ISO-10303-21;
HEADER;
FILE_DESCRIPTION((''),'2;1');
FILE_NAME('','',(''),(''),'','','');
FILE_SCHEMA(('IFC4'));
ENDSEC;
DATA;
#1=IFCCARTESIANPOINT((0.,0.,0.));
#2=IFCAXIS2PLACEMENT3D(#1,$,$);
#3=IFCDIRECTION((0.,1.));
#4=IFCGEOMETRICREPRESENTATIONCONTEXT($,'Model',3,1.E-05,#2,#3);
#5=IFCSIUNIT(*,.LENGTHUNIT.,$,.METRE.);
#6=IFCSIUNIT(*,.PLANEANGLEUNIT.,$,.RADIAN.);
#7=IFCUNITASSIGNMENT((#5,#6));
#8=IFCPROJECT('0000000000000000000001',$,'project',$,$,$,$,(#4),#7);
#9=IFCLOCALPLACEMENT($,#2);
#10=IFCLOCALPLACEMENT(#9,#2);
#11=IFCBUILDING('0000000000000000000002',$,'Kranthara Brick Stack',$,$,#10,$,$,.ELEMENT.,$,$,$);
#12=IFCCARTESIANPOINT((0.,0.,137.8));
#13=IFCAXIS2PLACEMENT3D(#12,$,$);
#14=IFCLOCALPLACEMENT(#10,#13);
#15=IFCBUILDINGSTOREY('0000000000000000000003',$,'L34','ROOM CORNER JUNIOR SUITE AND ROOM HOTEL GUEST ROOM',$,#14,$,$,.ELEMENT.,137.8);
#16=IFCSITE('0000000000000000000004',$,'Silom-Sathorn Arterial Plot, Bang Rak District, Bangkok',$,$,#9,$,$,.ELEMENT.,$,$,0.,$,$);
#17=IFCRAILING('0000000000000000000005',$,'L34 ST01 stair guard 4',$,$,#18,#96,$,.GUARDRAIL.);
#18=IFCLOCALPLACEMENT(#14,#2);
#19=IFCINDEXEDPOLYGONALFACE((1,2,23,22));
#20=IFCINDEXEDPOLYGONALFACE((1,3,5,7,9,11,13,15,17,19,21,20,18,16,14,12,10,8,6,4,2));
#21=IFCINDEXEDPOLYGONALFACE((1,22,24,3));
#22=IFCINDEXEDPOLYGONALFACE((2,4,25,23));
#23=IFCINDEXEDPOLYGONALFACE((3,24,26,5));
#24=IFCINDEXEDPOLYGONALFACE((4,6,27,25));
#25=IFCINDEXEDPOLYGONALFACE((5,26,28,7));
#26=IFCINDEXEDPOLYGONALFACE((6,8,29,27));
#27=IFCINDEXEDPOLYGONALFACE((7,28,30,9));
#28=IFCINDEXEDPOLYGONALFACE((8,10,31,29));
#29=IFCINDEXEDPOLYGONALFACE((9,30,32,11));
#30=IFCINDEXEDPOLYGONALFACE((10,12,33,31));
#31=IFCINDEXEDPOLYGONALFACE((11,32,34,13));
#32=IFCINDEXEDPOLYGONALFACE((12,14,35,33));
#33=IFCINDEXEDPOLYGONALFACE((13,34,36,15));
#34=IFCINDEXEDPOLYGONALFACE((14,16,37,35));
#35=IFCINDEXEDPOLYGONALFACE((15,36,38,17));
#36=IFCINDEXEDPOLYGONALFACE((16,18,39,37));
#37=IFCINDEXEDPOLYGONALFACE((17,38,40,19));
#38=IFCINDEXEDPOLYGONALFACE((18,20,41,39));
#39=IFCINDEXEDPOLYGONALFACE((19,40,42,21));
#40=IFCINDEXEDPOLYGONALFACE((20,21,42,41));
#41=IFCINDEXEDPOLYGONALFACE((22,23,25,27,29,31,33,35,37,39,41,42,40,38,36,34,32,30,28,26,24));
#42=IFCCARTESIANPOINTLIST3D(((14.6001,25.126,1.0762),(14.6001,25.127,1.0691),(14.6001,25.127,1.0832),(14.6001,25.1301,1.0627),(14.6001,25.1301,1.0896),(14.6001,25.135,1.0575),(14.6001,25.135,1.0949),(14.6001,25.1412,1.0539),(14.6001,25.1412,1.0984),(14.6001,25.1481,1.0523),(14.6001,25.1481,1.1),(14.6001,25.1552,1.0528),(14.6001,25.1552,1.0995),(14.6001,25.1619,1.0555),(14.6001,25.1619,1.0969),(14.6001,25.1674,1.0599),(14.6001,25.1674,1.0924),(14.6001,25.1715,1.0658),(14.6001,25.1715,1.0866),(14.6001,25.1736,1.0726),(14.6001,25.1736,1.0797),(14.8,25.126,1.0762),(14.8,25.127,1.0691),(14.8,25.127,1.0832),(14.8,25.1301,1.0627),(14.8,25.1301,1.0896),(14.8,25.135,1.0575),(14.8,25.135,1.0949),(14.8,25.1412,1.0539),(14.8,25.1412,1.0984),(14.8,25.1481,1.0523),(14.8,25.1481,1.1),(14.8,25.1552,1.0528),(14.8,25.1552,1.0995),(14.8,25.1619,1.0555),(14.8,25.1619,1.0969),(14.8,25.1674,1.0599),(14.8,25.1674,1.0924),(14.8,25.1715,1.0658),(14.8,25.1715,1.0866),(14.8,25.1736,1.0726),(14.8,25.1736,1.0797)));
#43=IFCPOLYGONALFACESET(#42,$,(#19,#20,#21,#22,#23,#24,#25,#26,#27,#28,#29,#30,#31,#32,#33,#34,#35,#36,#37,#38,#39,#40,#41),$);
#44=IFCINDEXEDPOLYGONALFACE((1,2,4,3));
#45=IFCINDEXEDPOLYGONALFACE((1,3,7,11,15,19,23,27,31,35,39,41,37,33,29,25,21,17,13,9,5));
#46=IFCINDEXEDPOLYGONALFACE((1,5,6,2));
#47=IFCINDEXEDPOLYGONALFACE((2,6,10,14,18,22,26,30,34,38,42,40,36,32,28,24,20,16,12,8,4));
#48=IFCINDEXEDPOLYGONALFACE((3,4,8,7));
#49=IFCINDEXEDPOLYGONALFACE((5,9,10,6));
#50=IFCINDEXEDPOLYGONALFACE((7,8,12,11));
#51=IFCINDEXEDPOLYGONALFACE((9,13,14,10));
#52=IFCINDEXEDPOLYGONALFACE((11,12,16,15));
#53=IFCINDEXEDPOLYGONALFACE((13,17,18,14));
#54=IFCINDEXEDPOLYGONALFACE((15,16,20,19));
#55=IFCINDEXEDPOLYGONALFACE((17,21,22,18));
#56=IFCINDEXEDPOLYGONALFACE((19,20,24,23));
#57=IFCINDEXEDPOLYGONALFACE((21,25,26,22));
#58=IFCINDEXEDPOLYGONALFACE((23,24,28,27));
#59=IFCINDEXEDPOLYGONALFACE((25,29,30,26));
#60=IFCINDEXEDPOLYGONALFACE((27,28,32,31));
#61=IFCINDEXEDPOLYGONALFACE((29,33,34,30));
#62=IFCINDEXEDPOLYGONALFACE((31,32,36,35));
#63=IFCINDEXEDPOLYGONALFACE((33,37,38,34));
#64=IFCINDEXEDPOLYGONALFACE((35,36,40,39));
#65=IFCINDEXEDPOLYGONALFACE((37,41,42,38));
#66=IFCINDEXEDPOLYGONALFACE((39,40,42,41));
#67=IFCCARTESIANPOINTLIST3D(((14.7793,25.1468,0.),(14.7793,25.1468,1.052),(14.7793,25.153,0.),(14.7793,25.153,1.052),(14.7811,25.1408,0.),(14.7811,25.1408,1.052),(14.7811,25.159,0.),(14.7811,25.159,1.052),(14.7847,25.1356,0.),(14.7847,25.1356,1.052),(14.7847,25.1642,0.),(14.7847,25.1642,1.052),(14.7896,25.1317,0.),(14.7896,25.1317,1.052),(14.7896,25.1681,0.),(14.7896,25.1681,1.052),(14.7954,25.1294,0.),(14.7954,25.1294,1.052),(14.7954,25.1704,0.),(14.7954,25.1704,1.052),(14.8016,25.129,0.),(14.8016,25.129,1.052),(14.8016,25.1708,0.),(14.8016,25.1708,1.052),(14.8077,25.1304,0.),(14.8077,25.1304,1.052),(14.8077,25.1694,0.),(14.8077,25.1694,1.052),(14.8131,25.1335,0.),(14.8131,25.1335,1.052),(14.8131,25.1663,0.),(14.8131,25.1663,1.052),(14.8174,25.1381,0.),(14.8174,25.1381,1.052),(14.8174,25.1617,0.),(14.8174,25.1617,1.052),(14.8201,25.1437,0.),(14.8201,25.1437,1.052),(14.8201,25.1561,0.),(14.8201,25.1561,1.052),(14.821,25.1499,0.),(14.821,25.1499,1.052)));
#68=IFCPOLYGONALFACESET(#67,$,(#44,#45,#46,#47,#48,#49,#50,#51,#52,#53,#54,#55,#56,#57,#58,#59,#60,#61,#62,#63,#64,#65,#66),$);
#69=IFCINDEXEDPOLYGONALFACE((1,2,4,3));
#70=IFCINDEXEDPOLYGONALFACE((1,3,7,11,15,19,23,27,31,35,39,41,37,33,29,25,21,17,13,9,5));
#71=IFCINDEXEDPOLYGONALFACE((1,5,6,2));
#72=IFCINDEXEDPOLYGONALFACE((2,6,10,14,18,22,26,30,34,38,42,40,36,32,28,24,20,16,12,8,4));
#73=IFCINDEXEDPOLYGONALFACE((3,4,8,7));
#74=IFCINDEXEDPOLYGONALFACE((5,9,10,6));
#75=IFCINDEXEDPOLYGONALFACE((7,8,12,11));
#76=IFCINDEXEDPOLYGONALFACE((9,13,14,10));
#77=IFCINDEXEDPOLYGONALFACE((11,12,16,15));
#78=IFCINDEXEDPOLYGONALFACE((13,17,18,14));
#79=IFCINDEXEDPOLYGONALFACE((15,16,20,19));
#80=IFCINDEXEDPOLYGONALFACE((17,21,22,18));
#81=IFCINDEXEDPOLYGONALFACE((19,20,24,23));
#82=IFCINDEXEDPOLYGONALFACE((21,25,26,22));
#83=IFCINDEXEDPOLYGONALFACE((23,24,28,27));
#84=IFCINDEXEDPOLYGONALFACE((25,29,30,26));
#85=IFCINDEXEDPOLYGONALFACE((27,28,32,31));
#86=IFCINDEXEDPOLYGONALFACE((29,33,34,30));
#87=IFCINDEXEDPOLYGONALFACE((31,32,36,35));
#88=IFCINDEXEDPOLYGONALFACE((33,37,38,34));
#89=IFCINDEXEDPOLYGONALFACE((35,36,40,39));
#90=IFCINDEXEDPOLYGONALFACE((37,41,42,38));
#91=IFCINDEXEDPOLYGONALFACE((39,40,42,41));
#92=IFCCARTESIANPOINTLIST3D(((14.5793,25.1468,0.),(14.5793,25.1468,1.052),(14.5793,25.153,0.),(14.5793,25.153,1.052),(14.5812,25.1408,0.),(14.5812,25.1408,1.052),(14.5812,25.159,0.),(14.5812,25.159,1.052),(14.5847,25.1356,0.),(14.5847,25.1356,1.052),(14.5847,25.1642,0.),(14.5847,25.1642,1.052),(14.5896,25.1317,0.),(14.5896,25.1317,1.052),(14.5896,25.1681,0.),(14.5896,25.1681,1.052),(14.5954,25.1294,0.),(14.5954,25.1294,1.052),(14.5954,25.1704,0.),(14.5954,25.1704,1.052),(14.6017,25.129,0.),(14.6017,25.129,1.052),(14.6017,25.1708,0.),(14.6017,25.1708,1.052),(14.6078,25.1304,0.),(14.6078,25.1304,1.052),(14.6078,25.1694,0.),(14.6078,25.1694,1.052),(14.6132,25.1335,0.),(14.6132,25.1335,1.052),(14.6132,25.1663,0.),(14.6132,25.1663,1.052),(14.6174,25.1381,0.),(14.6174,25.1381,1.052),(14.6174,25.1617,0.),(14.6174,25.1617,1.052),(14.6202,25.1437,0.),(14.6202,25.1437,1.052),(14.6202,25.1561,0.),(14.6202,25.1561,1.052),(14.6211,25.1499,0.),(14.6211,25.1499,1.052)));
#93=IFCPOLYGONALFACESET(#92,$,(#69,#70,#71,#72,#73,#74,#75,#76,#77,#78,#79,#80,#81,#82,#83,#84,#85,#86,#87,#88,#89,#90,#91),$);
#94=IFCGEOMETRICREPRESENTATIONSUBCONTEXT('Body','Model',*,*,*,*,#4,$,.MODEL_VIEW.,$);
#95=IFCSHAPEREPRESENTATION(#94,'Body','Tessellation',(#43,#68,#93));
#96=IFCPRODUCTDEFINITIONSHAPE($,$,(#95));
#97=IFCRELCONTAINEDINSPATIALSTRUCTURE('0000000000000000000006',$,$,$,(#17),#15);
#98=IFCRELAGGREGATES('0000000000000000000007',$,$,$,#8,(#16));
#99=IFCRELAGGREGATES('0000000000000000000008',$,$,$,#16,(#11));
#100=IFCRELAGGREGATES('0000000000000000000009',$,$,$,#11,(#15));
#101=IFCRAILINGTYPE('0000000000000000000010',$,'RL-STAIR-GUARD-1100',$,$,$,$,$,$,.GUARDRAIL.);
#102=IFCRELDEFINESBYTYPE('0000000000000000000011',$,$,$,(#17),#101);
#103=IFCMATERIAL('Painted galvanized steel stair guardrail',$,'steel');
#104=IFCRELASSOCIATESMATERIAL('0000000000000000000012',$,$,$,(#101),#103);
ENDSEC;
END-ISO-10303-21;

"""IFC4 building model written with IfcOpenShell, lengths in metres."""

from ifc_helpers import new_model, si_unit, direction, frame, origin, origin_2d, place, context, subcontext, project, spatial, circle, extrude, material, type_object, element, save


model = new_model("IFC4")

# Units and contexts
model_context = context("Model", 3, precision=1e-05, world=origin(), true_north=direction((0.0, 1.0)))
body_context = subcontext(model_context, "Body", "Model", "MODEL_VIEW")
ifc_project = project(units=[si_unit("LENGTHUNIT", "METRE"), si_unit("PLANEANGLEUNIT", "RADIAN")], contexts=[model_context])

# Site, building, storey
site_placement = place(None, origin())
site = spatial("IfcSite", under=ifc_project, at=site_placement, Name="Silom-Sathorn Arterial Plot, Bang Rak District, Bangkok", CompositionType="ELEMENT", RefElevation=0.0)
building_placement = place(site_placement, origin())
building = spatial("IfcBuilding", under=site, at=building_placement, Name="Kranthara Brick Stack", CompositionType="ELEMENT")
storey_placement = place(building_placement, frame((0.0, 0.0, 137.8)))
storey = spatial("IfcBuildingStorey", under=building, at=storey_placement, Name="L34", Description="ROOM CORNER JUNIOR SUITE AND ROOM HOTEL GUEST ROOM", CompositionType="ELEMENT", Elevation=137.8)

# Railing
ifc_material_1 = material(Name="Painted galvanized steel stair guardrail", Category="steel")
railing_type_1 = type_object("IfcRailingType", Name="RL-STAIR-GUARD-1100", PredefinedType="GUARDRAIL", material=ifc_material_1)
railing_1_placement = place(storey_placement, frame((14.8, 25.1499, 0.0)))
element("IfcRailing", 1, at=railing_1_placement, inside=storey, type_object=railing_type_1, Name="L34 ST01 stair guard 4", PredefinedType="GUARDRAIL", context=body_context, shape_type="SweptSolid", body=[
    extrude(circle(Radius=0.0239, at=origin_2d()), frame((0.0, 0.0, 1.0762), z_axis=(-1.0, 0.0, 0.0), x_axis=(0.0, -1.0, 0.0)), (0.0, 0.0, 1.0), 0.2),
    extrude(circle(Radius=0.021, at=origin_2d()), origin(), (0.0, 0.0, 1.0), 1.052),
    extrude(circle(Radius=0.021, at=origin_2d()), frame((-0.2, 0.0, 0.0)), (0.0, 0.0, 1.0), 1.052),
])

save(model, "model.ifc")
